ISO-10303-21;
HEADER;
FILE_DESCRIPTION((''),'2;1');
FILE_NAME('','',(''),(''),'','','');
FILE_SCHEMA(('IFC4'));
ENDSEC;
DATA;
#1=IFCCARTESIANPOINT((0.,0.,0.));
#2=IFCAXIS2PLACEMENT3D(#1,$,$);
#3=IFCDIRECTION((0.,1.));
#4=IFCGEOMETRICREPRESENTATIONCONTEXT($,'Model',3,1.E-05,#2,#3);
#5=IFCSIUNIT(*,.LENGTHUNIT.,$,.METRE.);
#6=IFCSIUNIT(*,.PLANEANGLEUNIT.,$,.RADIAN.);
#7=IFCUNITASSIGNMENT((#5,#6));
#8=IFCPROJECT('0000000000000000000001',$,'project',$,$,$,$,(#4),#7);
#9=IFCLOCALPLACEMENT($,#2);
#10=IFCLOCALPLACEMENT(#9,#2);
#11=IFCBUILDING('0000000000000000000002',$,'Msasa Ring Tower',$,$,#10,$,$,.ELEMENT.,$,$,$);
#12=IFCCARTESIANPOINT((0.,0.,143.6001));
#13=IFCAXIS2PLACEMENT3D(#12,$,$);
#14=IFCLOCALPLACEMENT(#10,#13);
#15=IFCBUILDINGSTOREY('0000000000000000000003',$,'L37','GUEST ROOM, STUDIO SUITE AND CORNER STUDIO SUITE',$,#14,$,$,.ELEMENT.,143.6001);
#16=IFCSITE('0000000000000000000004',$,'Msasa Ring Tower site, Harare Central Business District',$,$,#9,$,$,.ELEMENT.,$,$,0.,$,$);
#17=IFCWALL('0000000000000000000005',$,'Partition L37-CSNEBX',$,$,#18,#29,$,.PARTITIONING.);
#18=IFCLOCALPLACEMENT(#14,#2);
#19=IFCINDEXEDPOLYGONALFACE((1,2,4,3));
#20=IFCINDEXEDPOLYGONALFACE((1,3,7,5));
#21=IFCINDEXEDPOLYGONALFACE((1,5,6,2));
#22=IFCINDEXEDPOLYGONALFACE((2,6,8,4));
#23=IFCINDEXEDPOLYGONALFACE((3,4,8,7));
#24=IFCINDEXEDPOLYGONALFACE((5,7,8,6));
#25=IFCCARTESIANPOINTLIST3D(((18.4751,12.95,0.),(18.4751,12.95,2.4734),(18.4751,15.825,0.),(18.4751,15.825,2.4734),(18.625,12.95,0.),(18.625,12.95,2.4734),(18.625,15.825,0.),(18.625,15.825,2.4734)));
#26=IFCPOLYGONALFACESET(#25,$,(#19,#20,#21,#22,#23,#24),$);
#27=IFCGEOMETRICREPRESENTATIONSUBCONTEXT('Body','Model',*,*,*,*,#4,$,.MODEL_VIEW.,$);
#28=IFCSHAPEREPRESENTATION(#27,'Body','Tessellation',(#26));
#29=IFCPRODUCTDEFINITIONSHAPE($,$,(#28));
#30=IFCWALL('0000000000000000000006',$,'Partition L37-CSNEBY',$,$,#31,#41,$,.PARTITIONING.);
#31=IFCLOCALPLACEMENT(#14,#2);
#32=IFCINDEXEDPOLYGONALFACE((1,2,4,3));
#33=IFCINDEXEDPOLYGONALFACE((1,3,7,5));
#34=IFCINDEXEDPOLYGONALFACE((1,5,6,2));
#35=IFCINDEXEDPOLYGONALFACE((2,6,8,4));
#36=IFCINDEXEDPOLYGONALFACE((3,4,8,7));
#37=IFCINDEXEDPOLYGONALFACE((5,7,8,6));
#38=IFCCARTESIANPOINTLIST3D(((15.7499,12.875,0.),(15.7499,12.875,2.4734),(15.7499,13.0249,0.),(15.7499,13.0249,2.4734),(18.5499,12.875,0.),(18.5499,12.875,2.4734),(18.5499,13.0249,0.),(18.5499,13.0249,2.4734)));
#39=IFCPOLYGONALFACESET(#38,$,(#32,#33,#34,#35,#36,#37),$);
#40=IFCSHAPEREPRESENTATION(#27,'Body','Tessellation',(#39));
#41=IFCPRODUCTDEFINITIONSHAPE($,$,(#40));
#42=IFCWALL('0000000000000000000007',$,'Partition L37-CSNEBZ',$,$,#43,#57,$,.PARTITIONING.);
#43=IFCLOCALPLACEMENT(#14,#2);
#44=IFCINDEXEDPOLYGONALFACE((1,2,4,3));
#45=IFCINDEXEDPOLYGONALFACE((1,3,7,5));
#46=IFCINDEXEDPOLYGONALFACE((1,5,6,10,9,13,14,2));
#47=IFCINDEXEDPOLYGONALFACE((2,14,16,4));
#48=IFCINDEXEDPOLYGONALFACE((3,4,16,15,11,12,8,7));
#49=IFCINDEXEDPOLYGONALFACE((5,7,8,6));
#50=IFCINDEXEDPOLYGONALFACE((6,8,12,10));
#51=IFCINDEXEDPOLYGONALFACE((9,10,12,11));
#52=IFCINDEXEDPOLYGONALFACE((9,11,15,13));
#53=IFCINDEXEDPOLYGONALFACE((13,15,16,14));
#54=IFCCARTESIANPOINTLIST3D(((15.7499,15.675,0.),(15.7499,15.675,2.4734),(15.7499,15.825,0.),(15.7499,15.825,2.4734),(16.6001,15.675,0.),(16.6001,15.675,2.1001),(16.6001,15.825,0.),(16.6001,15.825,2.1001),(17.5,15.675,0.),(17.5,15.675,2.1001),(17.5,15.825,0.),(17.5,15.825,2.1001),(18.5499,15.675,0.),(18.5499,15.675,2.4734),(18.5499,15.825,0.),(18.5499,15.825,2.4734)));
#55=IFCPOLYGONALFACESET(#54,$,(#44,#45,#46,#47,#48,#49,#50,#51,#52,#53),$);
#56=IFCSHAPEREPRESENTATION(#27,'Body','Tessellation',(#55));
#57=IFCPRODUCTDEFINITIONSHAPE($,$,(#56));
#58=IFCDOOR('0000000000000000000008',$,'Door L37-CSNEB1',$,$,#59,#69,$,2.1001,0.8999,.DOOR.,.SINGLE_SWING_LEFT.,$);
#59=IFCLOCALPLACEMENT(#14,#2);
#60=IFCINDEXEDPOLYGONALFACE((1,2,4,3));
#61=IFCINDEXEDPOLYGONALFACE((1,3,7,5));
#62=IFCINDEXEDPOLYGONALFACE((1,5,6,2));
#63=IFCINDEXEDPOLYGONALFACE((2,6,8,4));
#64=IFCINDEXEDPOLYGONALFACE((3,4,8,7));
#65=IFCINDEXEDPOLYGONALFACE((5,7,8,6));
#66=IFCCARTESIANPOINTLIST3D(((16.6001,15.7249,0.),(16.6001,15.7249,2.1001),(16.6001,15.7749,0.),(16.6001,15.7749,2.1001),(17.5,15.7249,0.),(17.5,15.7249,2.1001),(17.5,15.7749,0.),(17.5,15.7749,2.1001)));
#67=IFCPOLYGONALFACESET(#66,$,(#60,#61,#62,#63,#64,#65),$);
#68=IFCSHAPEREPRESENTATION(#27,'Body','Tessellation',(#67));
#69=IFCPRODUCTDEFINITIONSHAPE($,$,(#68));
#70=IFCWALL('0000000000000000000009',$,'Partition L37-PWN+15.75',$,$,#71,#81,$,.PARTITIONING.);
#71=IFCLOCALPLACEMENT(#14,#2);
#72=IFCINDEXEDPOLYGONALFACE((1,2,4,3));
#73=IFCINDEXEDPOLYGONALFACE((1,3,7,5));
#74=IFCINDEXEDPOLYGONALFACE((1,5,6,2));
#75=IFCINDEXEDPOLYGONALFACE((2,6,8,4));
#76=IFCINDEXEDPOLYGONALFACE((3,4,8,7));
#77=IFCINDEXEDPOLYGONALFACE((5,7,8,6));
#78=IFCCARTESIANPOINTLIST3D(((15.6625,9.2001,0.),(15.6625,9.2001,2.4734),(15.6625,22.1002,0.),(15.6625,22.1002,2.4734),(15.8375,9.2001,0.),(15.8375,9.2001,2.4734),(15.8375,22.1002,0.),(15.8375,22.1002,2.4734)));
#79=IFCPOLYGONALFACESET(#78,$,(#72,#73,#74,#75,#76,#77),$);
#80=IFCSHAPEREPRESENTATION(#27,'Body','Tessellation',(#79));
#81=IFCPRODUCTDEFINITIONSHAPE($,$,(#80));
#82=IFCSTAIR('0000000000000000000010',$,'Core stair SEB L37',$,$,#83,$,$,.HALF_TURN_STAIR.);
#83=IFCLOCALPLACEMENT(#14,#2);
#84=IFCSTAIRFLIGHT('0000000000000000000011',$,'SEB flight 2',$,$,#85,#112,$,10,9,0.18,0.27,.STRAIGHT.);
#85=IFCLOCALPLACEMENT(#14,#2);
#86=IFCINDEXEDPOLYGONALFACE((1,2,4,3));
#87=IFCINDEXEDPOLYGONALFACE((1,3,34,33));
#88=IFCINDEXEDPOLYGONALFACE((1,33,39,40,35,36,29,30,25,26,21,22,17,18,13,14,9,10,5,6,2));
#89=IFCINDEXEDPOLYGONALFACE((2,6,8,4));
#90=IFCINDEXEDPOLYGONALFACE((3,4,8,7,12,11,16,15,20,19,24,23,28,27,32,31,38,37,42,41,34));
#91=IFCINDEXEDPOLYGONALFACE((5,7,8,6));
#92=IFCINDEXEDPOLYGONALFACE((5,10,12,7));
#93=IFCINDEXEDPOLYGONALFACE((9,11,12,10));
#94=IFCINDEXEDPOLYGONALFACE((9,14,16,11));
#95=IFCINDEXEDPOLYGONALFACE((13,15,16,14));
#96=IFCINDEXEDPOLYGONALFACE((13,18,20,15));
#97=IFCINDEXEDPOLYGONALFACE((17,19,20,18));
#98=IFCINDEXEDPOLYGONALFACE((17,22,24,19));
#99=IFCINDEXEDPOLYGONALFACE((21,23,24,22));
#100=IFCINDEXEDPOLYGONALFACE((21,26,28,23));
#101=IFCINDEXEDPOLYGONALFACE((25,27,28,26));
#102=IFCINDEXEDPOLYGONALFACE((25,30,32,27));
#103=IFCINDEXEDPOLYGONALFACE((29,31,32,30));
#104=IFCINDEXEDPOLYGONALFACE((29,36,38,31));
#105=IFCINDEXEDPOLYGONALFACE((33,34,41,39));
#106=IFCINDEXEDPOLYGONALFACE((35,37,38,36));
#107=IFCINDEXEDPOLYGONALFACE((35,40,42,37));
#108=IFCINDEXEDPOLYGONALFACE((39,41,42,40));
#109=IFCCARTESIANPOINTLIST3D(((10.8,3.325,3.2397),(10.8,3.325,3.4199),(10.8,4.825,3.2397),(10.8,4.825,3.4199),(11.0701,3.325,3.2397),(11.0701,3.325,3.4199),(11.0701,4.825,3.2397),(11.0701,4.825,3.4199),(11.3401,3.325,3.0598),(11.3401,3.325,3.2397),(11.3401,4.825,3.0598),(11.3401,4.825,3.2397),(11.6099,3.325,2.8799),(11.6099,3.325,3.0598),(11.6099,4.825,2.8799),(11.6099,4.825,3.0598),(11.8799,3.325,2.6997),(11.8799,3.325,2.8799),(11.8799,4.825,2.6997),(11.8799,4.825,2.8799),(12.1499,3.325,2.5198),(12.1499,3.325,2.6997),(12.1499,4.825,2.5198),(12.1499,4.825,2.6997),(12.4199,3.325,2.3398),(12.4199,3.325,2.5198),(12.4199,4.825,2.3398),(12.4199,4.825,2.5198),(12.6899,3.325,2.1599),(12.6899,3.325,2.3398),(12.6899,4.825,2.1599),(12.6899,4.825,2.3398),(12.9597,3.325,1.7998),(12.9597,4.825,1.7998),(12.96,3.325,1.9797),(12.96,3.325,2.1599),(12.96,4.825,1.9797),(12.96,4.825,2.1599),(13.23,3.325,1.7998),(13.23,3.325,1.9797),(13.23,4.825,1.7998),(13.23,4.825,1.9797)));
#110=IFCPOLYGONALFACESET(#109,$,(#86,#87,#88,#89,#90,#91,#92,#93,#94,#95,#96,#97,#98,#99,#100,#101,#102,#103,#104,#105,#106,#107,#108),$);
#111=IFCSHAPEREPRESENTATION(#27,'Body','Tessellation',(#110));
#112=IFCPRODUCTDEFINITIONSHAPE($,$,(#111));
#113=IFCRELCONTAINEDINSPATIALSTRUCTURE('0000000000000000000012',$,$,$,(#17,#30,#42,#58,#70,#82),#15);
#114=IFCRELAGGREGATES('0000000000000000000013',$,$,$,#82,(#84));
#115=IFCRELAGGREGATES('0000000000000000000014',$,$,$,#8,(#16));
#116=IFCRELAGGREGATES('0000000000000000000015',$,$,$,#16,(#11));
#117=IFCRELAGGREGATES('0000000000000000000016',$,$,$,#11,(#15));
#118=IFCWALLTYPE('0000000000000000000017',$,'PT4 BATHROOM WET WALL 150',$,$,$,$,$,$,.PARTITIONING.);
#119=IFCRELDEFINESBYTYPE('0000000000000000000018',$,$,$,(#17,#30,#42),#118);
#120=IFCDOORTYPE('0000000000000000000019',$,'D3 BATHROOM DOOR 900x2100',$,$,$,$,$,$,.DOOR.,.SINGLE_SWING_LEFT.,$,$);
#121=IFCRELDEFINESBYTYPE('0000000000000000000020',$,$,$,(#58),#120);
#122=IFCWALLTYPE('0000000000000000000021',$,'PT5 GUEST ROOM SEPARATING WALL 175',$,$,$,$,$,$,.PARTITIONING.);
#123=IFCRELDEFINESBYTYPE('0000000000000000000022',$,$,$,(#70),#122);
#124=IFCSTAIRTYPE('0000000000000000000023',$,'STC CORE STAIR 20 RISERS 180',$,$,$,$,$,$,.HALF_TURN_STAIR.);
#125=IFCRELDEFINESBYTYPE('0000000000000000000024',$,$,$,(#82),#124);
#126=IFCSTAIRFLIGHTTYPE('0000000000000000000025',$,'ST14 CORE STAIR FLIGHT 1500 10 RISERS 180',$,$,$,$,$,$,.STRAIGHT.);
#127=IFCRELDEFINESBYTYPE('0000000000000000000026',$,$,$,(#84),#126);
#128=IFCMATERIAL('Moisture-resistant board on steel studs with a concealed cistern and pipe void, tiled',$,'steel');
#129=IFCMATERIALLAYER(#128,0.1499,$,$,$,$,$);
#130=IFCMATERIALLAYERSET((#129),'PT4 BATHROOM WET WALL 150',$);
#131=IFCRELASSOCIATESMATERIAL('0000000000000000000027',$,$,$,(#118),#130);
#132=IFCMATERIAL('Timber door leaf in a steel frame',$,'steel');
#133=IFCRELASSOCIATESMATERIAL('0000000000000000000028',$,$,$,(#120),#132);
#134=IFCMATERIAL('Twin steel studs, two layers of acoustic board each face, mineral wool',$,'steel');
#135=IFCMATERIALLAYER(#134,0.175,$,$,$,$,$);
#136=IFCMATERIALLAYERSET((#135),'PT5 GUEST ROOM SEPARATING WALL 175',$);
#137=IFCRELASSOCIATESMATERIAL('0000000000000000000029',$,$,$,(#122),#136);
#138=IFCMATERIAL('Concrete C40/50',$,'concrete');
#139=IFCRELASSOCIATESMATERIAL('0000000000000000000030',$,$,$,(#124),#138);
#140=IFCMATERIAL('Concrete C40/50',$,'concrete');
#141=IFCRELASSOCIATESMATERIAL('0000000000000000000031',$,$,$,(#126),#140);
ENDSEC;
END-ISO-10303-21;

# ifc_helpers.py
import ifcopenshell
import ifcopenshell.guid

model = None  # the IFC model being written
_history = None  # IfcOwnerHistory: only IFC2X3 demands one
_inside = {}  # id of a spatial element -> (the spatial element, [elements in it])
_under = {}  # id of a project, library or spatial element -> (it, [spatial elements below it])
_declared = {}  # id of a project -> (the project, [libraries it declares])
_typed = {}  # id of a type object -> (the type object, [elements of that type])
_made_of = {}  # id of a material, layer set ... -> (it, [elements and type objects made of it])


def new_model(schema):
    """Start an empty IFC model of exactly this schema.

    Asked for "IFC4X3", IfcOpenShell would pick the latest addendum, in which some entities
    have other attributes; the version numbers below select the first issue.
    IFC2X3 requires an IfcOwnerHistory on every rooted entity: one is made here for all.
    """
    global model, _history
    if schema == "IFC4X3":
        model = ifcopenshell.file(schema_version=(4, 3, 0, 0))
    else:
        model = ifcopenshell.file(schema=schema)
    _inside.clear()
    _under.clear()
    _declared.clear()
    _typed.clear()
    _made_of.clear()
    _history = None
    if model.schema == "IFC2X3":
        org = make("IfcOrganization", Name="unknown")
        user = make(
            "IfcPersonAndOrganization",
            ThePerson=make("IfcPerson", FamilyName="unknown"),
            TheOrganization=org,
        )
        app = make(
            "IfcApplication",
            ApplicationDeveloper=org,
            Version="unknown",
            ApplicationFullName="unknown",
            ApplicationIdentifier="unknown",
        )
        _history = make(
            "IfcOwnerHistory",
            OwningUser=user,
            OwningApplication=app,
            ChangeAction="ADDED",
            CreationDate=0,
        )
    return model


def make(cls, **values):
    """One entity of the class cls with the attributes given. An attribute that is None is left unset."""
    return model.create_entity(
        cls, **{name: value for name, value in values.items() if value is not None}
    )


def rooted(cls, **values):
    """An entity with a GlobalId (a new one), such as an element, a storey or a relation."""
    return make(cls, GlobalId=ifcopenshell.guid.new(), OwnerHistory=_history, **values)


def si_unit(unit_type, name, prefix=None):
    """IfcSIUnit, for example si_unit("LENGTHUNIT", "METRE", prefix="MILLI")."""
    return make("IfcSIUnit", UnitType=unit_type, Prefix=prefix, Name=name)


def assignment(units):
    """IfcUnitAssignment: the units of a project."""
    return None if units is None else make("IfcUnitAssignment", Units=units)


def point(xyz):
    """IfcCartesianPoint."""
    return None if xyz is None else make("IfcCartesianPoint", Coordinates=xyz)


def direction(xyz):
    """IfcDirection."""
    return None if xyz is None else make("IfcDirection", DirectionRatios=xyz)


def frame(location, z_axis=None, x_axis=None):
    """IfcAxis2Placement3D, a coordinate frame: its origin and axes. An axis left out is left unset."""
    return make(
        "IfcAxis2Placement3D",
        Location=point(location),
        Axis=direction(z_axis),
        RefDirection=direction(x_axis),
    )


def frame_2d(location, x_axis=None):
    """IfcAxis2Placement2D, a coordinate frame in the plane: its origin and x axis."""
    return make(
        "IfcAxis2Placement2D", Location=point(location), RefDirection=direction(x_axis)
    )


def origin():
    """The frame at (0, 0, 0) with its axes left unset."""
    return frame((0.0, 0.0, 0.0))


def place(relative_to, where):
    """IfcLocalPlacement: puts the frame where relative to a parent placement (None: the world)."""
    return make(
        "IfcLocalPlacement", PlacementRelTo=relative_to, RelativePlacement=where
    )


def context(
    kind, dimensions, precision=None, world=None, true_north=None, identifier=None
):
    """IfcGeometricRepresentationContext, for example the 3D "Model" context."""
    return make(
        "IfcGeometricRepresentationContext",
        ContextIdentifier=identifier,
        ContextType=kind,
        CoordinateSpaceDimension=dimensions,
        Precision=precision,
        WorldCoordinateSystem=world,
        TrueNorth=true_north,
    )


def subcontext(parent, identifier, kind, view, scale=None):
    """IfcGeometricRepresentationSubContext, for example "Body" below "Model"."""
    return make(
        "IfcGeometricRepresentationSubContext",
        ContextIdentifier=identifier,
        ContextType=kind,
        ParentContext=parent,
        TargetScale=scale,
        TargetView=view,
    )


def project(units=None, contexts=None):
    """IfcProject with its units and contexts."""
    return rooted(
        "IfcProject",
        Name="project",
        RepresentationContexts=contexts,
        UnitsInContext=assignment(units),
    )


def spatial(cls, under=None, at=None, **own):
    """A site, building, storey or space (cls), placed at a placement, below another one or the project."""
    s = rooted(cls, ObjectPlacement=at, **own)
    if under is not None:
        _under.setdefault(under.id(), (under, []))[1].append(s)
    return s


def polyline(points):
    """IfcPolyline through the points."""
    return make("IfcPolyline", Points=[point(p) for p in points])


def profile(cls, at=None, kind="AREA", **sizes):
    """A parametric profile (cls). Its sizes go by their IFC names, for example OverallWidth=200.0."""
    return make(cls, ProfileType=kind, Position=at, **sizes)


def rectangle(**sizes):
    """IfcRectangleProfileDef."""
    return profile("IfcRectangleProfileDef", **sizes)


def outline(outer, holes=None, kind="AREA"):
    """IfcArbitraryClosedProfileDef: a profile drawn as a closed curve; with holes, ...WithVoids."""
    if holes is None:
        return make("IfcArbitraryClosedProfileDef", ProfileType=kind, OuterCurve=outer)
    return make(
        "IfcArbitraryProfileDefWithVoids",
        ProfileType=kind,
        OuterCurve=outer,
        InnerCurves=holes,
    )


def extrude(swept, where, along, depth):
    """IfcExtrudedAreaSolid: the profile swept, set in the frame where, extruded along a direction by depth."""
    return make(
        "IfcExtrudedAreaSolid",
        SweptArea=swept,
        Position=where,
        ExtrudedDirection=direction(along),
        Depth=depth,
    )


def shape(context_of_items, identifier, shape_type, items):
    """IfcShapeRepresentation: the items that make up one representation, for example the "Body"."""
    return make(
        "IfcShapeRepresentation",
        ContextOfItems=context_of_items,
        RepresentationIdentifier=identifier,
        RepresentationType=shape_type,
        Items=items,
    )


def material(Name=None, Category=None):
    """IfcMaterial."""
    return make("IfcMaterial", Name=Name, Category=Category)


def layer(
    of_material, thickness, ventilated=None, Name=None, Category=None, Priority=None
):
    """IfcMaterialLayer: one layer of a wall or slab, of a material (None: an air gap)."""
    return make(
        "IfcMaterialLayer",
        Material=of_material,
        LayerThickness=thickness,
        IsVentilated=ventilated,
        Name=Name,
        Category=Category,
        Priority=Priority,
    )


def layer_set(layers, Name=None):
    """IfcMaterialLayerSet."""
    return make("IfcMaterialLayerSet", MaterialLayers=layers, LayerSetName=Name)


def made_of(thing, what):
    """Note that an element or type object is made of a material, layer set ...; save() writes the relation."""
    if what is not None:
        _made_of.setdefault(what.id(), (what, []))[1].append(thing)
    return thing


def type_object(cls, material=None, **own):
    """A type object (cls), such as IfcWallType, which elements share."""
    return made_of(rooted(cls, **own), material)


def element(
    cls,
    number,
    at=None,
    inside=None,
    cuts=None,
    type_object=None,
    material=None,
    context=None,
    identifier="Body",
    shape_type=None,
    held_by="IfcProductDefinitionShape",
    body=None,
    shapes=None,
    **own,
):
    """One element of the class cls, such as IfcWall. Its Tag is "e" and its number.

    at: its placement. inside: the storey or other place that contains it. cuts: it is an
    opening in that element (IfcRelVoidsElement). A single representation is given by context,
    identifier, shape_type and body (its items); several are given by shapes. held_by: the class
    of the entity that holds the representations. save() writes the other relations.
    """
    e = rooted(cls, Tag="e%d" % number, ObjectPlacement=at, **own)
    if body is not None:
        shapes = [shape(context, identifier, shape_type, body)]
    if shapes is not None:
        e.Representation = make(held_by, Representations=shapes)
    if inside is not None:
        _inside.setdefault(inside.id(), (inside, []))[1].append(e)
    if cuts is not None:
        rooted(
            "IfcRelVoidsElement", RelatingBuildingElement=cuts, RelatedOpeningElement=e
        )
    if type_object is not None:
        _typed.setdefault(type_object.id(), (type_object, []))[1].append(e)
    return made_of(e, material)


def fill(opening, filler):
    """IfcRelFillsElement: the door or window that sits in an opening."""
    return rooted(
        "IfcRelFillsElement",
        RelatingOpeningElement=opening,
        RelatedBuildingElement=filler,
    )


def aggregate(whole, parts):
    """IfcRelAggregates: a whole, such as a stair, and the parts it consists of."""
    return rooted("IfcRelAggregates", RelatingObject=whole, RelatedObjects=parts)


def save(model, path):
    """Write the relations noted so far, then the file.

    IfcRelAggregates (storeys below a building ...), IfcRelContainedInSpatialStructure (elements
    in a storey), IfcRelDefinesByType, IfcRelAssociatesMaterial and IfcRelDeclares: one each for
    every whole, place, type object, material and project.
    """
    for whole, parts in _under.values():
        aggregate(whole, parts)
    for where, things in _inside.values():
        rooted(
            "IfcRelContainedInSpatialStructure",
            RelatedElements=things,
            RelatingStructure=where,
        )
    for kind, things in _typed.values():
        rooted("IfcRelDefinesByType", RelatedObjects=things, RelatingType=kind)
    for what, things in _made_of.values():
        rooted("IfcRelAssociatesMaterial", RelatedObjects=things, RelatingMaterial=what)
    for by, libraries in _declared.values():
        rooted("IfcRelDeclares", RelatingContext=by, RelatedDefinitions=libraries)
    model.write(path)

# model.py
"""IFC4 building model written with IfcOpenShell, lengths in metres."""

from ifc_helpers import new_model, si_unit, direction, frame, frame_2d, origin, place, context, subcontext, project, spatial, polyline, rectangle, outline, extrude, material, layer, layer_set, type_object, element, fill, aggregate, save


model = new_model("IFC4")

# Units and contexts
model_context = context("Model", 3, precision=1e-05, world=origin(), true_north=direction((0.0, 1.0)))
body_context = subcontext(model_context, "Body", "Model", "MODEL_VIEW")
ifc_project = project(units=[si_unit("LENGTHUNIT", "METRE"), si_unit("PLANEANGLEUNIT", "RADIAN")], contexts=[model_context])

# Site, building, storey
site_placement = place(None, origin())
site = spatial("IfcSite", under=ifc_project, at=site_placement, Name="Msasa Ring Tower site, Harare Central Business District", CompositionType="ELEMENT", RefElevation=0.0)
building_placement = place(site_placement, origin())
building = spatial("IfcBuilding", under=site, at=building_placement, Name="Msasa Ring Tower", CompositionType="ELEMENT")
storey_placement = place(building_placement, frame((0.0, 0.0, 143.6001)))
storey = spatial("IfcBuildingStorey", under=building, at=storey_placement, Name="L37", Description="GUEST ROOM, STUDIO SUITE AND CORNER STUDIO SUITE", CompositionType="ELEMENT", Elevation=143.6001)

# Shared definitions
ifc_material_1 = material(Name="Moisture-resistant board on steel studs with a concealed cistern and pipe void, tiled", Category="steel")
ifc_layer_1 = layer(ifc_material_1, 0.1499)
ifc_layer_set_1 = layer_set([ifc_layer_1], Name="PT4 BATHROOM WET WALL 150")
wall_type_1 = type_object("IfcWallType", Name="PT4 BATHROOM WET WALL 150", PredefinedType="PARTITIONING", material=ifc_layer_set_1)
ifc_material_2 = material(Name="Timber door leaf in a steel frame", Category="steel")
door_type = type_object("IfcDoorType", Name="D3 BATHROOM DOOR 900x2100", OperationType="SINGLE_SWING_LEFT", PredefinedType="DOOR", material=ifc_material_2)

# Walls
wall_1_placement = place(storey_placement, frame((18.55, 12.95, 0.0), z_axis=(0.0, 0.0, 1.0), x_axis=(0.0, 1.0, 0.0)))
element("IfcWall", 1, at=wall_1_placement, inside=storey, type_object=wall_type_1, Name="Partition L37-CSNEBX", PredefinedType="PARTITIONING", context=body_context, shape_type="SweptSolid", body=[
    extrude(rectangle(XDim=2.875, YDim=0.1499, at=frame_2d((1.4375, 0.0))), origin(), (0.0, 0.0, 1.0), 2.4734),
])
wall_2_placement = place(storey_placement, frame((15.75, 12.95, 0.0), z_axis=(0.0, 0.0, 1.0), x_axis=(1.0, 0.0, 0.0)))
element("IfcWall", 2, at=wall_2_placement, inside=storey, type_object=wall_type_1, Name="Partition L37-CSNEBY", PredefinedType="PARTITIONING", context=body_context, shape_type="SweptSolid", body=[
    extrude(rectangle(XDim=2.8, YDim=0.1499, at=frame_2d((1.3999, 0.0))), origin(), (0.0, 0.0, 1.0), 2.4734),
])

# Wall, opening, door
wall_3_placement = place(storey_placement, frame((15.75, 15.75, 0.0), z_axis=(0.0, 0.0, 1.0), x_axis=(1.0, 0.0, 0.0)))
wall_3 = element("IfcWall", 3, at=wall_3_placement, inside=storey, type_object=wall_type_1, Name="Partition L37-CSNEBZ", PredefinedType="PARTITIONING", context=body_context, shape_type="SweptSolid", body=[
    extrude(rectangle(XDim=2.8, YDim=0.1499, at=frame_2d((1.3999, 0.0))), origin(), (0.0, 0.0, 1.0), 2.4734),
])
opening_1_placement = place(wall_3_placement, frame((0.8501, 0.0, 0.0)))
opening_1 = element("IfcOpeningElement", 4, at=opening_1_placement, cuts=wall_3, PredefinedType="OPENING", context=body_context, shape_type="SweptSolid", body=[
    extrude(rectangle(XDim=0.8999, YDim=2.1001, at=frame_2d((0.45, 1.05))), frame((0.0, 0.085, 0.0), z_axis=(0.0, -1.0, 0.0), x_axis=(1.0, 0.0, 0.0)), (0.0, 0.0, 1.0), 0.1699),
])
door_1_placement = place(opening_1_placement, origin())
door_1 = element("IfcDoor", 5, at=door_1_placement, inside=storey, type_object=door_type, Name="Door L37-CSNEB1", OperationType="SINGLE_SWING_LEFT", OverallHeight=2.1001, OverallWidth=0.8999, PredefinedType="DOOR", context=body_context, shape_type="SweptSolid", body=[
    extrude(rectangle(XDim=0.8999, YDim=2.1001, at=frame_2d((0.45, 1.05))), frame((0.0, 0.0249, 0.0), z_axis=(0.0, -1.0, 0.0), x_axis=(1.0, 0.0, 0.0)), (0.0, 0.0, 1.0), 0.05),
])
fill(opening_1, door_1)

# Wall
ifc_material_3 = material(Name="Twin steel studs, two layers of acoustic board each face, mineral wool", Category="steel")
ifc_layer_2 = layer(ifc_material_3, 0.175)
ifc_layer_set_2 = layer_set([ifc_layer_2], Name="PT5 GUEST ROOM SEPARATING WALL 175")
wall_type_2 = type_object("IfcWallType", Name="PT5 GUEST ROOM SEPARATING WALL 175", PredefinedType="PARTITIONING", material=ifc_layer_set_2)
wall_4_placement = place(storey_placement, frame((15.75, 9.2, 0.0), z_axis=(0.0, 0.0, 1.0), x_axis=(0.0, 1.0, 0.0)))
element("IfcWall", 6, at=wall_4_placement, inside=storey, type_object=wall_type_2, Name="Partition L37-PWN+15.75", PredefinedType="PARTITIONING", context=body_context, shape_type="SweptSolid", body=[
    extrude(rectangle(XDim=12.9001, YDim=0.175, at=frame_2d((6.4502, 0.0))), origin(), (0.0, 0.0, 1.0), 2.4734),
])

# Stair, stair flight
ifc_material_4 = material(Name="Concrete C40/50", Category="concrete")
stair_type = type_object("IfcStairType", Name="STC CORE STAIR 20 RISERS 180", PredefinedType="HALF_TURN_STAIR", material=ifc_material_4)
stair_placement = place(storey_placement, origin())
stair = element("IfcStair", 7, at=stair_placement, inside=storey, type_object=stair_type, Name="Core stair SEB L37", PredefinedType="HALF_TURN_STAIR")
ifc_material_5 = material(Name="Concrete C40/50", Category="concrete")
stair_flight_type = type_object("IfcStairFlightType", Name="ST14 CORE STAIR FLIGHT 1500 10 RISERS 180", PredefinedType="STRAIGHT", material=ifc_material_5)
stair_flight_placement = place(storey_placement, frame((13.23, 4.075, 1.7998), z_axis=(0.0, 0.0, 1.0), x_axis=(-1.0, 0.0, 0.0)))
stair_flight = element("IfcStairFlight", 8, at=stair_flight_placement, type_object=stair_flight_type, Name="SEB flight 2", NumberOfRisers=10, NumberOfTreads=9, PredefinedType="STRAIGHT", RiserHeight=0.18, TreadLength=0.27, context=body_context, shape_type="SweptSolid", body=[
    extrude(outline(polyline([(0.0, 0.0), (0.0, 0.1799), (0.27, 0.1799), (0.27, 0.3601), (0.54, 0.3601), (0.54, 0.54), (0.8101, 0.54), (0.8101, 0.72), (1.0801, 0.72), (1.0801, 0.8999), (1.3501, 0.8999), (1.3501, 1.0801), (1.6201, 1.0801), (1.6201, 1.26), (1.8899, 1.26), (1.8899, 1.4399), (2.1599, 1.4399), (2.1599, 1.6201), (2.4299, 1.6201), (2.4299, 1.8), (2.4299, 1.4399), (0.2703, 0.0), (0.0, 0.0)])), frame((0.0, 0.75, 0.0), z_axis=(0.0, -1.0, 0.0), x_axis=(1.0, 0.0, 0.0)), (0.0, 0.0, 1.0), 1.5),
])
aggregate(stair, [stair_flight])

save(model, "model.ifc")
